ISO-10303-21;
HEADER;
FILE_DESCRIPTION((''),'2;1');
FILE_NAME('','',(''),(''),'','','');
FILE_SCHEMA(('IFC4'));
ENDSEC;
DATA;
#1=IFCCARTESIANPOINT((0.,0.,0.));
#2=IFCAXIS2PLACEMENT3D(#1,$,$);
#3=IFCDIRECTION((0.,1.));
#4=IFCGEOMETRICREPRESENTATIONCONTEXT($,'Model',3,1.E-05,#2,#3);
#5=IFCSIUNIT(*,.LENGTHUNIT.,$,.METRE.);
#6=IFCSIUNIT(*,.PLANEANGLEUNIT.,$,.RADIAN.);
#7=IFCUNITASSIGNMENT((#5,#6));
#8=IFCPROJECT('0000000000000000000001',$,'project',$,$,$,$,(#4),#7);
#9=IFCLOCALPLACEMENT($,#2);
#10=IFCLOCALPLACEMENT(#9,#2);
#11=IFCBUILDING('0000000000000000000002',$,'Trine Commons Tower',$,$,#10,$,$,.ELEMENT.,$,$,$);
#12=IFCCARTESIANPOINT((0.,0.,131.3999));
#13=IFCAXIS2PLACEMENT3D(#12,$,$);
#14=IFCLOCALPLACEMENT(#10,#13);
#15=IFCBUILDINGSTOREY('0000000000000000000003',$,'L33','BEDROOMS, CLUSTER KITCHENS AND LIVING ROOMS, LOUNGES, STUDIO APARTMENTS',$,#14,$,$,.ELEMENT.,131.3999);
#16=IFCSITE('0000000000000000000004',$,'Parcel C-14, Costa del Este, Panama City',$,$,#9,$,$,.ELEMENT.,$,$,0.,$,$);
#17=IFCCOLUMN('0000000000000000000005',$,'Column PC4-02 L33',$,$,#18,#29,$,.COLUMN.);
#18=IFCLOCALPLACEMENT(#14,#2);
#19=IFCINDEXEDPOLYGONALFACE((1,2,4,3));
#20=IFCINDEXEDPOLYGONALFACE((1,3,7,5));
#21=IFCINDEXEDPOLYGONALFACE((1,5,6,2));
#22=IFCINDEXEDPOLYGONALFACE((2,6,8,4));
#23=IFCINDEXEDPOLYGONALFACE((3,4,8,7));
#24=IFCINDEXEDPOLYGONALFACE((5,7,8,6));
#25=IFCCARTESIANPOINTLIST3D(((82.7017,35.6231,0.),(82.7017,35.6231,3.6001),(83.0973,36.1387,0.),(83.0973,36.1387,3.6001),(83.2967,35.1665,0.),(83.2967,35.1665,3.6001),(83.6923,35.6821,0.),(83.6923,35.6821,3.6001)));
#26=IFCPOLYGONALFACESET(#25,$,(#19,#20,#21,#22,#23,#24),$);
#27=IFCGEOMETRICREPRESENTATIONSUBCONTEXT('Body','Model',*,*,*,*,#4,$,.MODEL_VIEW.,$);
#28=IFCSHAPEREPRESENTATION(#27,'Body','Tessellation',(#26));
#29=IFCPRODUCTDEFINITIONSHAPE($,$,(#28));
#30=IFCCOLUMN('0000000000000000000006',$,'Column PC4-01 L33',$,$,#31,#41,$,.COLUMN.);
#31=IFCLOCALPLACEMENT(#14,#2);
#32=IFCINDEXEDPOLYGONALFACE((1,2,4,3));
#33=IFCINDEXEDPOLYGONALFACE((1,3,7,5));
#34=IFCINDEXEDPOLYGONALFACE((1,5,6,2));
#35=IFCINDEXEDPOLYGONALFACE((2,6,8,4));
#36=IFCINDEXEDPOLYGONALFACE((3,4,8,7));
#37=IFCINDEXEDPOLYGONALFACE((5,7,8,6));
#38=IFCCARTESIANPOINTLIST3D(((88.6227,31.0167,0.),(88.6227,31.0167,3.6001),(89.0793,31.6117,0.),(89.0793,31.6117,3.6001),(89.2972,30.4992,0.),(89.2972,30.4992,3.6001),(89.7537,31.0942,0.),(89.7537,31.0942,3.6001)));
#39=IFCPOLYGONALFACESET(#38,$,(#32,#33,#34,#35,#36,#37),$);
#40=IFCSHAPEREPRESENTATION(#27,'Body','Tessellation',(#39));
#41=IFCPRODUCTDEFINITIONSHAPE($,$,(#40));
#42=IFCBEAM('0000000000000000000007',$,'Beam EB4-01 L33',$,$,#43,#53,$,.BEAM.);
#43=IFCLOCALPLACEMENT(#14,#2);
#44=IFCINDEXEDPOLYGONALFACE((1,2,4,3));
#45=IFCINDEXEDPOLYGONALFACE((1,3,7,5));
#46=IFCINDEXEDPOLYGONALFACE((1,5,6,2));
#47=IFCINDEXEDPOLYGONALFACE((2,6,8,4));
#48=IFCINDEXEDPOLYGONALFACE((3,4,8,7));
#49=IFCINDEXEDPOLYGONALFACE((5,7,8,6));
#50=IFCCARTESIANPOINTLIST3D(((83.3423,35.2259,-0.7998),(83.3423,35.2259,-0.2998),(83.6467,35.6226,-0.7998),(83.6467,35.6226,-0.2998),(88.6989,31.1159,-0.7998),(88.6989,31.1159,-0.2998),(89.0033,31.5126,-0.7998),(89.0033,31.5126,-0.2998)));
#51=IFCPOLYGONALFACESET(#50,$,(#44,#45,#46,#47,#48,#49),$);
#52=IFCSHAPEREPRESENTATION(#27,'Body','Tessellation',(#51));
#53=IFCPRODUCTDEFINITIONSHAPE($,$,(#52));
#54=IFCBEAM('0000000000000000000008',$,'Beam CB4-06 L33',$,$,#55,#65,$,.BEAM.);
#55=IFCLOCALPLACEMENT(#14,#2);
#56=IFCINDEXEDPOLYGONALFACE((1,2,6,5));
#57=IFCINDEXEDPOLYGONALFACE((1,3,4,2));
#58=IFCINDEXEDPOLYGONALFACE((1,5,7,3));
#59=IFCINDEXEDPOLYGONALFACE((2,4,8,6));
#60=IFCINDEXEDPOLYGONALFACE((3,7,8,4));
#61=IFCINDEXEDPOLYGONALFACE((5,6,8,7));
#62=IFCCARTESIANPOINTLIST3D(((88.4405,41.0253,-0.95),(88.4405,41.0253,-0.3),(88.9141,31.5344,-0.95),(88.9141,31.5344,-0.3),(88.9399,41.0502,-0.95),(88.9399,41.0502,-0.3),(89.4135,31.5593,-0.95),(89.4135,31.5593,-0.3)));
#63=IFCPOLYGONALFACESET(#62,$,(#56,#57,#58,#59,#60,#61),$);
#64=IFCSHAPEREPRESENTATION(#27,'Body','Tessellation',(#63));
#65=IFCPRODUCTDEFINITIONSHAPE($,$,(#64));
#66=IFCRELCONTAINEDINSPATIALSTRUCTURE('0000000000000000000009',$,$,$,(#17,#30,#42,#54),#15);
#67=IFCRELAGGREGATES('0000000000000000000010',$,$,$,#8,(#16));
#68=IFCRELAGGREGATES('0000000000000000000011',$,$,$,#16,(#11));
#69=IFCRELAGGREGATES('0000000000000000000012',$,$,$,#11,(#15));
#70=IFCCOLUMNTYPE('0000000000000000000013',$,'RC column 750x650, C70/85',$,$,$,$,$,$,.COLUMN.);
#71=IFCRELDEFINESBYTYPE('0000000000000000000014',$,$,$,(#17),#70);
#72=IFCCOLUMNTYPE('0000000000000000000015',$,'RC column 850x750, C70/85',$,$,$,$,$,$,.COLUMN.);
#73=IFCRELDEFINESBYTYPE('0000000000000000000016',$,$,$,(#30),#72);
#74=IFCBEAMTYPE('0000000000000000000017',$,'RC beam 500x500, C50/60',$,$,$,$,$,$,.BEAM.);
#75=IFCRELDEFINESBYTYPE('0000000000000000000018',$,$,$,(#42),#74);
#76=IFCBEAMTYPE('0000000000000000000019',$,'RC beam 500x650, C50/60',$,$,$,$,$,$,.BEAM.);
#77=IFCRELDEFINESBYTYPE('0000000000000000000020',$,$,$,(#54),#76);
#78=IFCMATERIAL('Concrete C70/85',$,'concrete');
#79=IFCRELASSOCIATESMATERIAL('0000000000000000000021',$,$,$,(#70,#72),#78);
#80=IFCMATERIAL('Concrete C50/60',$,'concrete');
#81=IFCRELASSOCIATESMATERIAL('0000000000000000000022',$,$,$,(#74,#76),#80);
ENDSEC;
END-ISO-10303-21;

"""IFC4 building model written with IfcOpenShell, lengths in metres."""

from ifc_helpers import new_model, si_unit, direction, frame, origin, origin_2d, place, context, subcontext, project, spatial, rectangle, extrude, material, material_profile, profile_set, type_object, element, save


model = new_model("IFC4")

# Units and contexts
model_context = context("Model", 3, precision=1e-05, world=origin(), true_north=direction((0.0, 1.0)))
body_context = subcontext(model_context, "Body", "Model", "MODEL_VIEW")
ifc_project = project(units=[si_unit("LENGTHUNIT", "METRE"), si_unit("PLANEANGLEUNIT", "RADIAN")], contexts=[model_context])

# Site, building, storey
site_placement = place(None, origin())
site = spatial("IfcSite", under=ifc_project, at=site_placement, Name="Parcel C-14, Costa del Este, Panama City", CompositionType="ELEMENT", RefElevation=0.0)
building_placement = place(site_placement, origin())
building = spatial("IfcBuilding", under=site, at=building_placement, Name="Trine Commons Tower", CompositionType="ELEMENT")
storey_placement = place(building_placement, frame((0.0, 0.0, 131.3999)))
storey = spatial("IfcBuildingStorey", under=building, at=storey_placement, Name="L33", Description="BEDROOMS, CLUSTER KITCHENS AND LIVING ROOMS, LOUNGES, STUDIO APARTMENTS", CompositionType="ELEMENT", Elevation=131.3999)

# Columns
ifc_material_1 = material(Name="Concrete C70/85", Category="concrete")
ifc_material_profile_1 = material_profile(ifc_material_1, rectangle(XDim=0.75, YDim=0.6499, at=origin_2d()), Name="RC 750x650")
ifc_profile_set_1 = profile_set([ifc_material_profile_1], Name="Concrete C70/85")
column_type_1 = type_object("IfcColumnType", Name="RC column 750x650, C70/85", PredefinedType="COLUMN", material=ifc_profile_set_1)
column_1_placement = place(storey_placement, frame((83.197, 35.6526, 0.0), z_axis=(0.0, 0.0, 1.0), x_axis=(-0.793353, 0.608761, 0.0)))
element("IfcColumn", 1, at=column_1_placement, inside=storey, type_object=column_type_1, Name="Column PC4-02 L33", PredefinedType="COLUMN", context=body_context, shape_type="SweptSolid", body=[
    extrude(rectangle(XDim=0.75, YDim=0.6499, at=origin_2d()), origin(), (0.0, 0.0, 1.0), 3.6001),
])
ifc_material_profile_2 = material_profile(ifc_material_1, rectangle(XDim=0.8501, YDim=0.75, at=origin_2d()), Name="RC 850x750")
ifc_profile_set_2 = profile_set([ifc_material_profile_2], Name="Concrete C70/85")
column_type_2 = type_object("IfcColumnType", Name="RC column 850x750, C70/85", PredefinedType="COLUMN", material=ifc_profile_set_2)
column_2_placement = place(storey_placement, frame((89.1882, 31.0554, 0.0), z_axis=(0.0, 0.0, 1.0), x_axis=(-0.793353, 0.608761, 0.0)))
element("IfcColumn", 2, at=column_2_placement, inside=storey, type_object=column_type_2, Name="Column PC4-01 L33", PredefinedType="COLUMN", context=body_context, shape_type="SweptSolid", body=[
    extrude(rectangle(XDim=0.8501, YDim=0.75, at=origin_2d()), origin(), (0.0, 0.0, 1.0), 3.6001),
])

# Beams
ifc_material_2 = material(Name="Concrete C50/60", Category="concrete")
ifc_material_profile_3 = material_profile(ifc_material_2, rectangle(XDim=0.5, YDim=0.5, at=origin_2d()), Name="RC 500x500")
ifc_profile_set_3 = profile_set([ifc_material_profile_3], Name="Concrete C50/60")
beam_type_1 = type_object("IfcBeamType", Name="RC beam 500x500, C50/60", PredefinedType="BEAM", material=ifc_profile_set_3)
beam_1_placement = place(storey_placement, frame((88.8511, 31.3142, -0.5498), z_axis=(-0.793369, 0.60874, 0.0), x_axis=(-0.60874, -0.793369, 0.0)))
element("IfcBeam", 3, at=beam_1_placement, inside=storey, type_object=beam_type_1, Name="Beam EB4-01 L33", PredefinedType="BEAM", context=body_context, shape_type="SweptSolid", body=[
    extrude(rectangle(XDim=0.5, YDim=0.5, at=origin_2d()), origin(), (0.0, 0.0, 1.0), 6.7517),
])
ifc_material_profile_4 = material_profile(ifc_material_2, rectangle(XDim=0.5, YDim=0.6499, at=origin_2d()), Name="RC 500x650")
ifc_profile_set_4 = profile_set([ifc_material_profile_4], Name="Concrete C50/60")
beam_type_2 = type_object("IfcBeamType", Name="RC beam 500x650, C50/60", PredefinedType="BEAM", material=ifc_profile_set_4)
beam_2_placement = place(storey_placement, frame((89.1638, 31.5469, -0.625), z_axis=(-0.049842, 0.998757, 0.0), x_axis=(-0.998757, -0.049842, 0.0)))
element("IfcBeam", 4, at=beam_2_placement, inside=storey, type_object=beam_type_2, Name="Beam CB4-06 L33", PredefinedType="BEAM", context=body_context, shape_type="SweptSolid", body=[
    extrude(rectangle(XDim=0.5, YDim=0.6499, at=origin_2d()), origin(), (0.0, 0.0, 1.0), 9.5027),
])

save(model, "model.ifc")
